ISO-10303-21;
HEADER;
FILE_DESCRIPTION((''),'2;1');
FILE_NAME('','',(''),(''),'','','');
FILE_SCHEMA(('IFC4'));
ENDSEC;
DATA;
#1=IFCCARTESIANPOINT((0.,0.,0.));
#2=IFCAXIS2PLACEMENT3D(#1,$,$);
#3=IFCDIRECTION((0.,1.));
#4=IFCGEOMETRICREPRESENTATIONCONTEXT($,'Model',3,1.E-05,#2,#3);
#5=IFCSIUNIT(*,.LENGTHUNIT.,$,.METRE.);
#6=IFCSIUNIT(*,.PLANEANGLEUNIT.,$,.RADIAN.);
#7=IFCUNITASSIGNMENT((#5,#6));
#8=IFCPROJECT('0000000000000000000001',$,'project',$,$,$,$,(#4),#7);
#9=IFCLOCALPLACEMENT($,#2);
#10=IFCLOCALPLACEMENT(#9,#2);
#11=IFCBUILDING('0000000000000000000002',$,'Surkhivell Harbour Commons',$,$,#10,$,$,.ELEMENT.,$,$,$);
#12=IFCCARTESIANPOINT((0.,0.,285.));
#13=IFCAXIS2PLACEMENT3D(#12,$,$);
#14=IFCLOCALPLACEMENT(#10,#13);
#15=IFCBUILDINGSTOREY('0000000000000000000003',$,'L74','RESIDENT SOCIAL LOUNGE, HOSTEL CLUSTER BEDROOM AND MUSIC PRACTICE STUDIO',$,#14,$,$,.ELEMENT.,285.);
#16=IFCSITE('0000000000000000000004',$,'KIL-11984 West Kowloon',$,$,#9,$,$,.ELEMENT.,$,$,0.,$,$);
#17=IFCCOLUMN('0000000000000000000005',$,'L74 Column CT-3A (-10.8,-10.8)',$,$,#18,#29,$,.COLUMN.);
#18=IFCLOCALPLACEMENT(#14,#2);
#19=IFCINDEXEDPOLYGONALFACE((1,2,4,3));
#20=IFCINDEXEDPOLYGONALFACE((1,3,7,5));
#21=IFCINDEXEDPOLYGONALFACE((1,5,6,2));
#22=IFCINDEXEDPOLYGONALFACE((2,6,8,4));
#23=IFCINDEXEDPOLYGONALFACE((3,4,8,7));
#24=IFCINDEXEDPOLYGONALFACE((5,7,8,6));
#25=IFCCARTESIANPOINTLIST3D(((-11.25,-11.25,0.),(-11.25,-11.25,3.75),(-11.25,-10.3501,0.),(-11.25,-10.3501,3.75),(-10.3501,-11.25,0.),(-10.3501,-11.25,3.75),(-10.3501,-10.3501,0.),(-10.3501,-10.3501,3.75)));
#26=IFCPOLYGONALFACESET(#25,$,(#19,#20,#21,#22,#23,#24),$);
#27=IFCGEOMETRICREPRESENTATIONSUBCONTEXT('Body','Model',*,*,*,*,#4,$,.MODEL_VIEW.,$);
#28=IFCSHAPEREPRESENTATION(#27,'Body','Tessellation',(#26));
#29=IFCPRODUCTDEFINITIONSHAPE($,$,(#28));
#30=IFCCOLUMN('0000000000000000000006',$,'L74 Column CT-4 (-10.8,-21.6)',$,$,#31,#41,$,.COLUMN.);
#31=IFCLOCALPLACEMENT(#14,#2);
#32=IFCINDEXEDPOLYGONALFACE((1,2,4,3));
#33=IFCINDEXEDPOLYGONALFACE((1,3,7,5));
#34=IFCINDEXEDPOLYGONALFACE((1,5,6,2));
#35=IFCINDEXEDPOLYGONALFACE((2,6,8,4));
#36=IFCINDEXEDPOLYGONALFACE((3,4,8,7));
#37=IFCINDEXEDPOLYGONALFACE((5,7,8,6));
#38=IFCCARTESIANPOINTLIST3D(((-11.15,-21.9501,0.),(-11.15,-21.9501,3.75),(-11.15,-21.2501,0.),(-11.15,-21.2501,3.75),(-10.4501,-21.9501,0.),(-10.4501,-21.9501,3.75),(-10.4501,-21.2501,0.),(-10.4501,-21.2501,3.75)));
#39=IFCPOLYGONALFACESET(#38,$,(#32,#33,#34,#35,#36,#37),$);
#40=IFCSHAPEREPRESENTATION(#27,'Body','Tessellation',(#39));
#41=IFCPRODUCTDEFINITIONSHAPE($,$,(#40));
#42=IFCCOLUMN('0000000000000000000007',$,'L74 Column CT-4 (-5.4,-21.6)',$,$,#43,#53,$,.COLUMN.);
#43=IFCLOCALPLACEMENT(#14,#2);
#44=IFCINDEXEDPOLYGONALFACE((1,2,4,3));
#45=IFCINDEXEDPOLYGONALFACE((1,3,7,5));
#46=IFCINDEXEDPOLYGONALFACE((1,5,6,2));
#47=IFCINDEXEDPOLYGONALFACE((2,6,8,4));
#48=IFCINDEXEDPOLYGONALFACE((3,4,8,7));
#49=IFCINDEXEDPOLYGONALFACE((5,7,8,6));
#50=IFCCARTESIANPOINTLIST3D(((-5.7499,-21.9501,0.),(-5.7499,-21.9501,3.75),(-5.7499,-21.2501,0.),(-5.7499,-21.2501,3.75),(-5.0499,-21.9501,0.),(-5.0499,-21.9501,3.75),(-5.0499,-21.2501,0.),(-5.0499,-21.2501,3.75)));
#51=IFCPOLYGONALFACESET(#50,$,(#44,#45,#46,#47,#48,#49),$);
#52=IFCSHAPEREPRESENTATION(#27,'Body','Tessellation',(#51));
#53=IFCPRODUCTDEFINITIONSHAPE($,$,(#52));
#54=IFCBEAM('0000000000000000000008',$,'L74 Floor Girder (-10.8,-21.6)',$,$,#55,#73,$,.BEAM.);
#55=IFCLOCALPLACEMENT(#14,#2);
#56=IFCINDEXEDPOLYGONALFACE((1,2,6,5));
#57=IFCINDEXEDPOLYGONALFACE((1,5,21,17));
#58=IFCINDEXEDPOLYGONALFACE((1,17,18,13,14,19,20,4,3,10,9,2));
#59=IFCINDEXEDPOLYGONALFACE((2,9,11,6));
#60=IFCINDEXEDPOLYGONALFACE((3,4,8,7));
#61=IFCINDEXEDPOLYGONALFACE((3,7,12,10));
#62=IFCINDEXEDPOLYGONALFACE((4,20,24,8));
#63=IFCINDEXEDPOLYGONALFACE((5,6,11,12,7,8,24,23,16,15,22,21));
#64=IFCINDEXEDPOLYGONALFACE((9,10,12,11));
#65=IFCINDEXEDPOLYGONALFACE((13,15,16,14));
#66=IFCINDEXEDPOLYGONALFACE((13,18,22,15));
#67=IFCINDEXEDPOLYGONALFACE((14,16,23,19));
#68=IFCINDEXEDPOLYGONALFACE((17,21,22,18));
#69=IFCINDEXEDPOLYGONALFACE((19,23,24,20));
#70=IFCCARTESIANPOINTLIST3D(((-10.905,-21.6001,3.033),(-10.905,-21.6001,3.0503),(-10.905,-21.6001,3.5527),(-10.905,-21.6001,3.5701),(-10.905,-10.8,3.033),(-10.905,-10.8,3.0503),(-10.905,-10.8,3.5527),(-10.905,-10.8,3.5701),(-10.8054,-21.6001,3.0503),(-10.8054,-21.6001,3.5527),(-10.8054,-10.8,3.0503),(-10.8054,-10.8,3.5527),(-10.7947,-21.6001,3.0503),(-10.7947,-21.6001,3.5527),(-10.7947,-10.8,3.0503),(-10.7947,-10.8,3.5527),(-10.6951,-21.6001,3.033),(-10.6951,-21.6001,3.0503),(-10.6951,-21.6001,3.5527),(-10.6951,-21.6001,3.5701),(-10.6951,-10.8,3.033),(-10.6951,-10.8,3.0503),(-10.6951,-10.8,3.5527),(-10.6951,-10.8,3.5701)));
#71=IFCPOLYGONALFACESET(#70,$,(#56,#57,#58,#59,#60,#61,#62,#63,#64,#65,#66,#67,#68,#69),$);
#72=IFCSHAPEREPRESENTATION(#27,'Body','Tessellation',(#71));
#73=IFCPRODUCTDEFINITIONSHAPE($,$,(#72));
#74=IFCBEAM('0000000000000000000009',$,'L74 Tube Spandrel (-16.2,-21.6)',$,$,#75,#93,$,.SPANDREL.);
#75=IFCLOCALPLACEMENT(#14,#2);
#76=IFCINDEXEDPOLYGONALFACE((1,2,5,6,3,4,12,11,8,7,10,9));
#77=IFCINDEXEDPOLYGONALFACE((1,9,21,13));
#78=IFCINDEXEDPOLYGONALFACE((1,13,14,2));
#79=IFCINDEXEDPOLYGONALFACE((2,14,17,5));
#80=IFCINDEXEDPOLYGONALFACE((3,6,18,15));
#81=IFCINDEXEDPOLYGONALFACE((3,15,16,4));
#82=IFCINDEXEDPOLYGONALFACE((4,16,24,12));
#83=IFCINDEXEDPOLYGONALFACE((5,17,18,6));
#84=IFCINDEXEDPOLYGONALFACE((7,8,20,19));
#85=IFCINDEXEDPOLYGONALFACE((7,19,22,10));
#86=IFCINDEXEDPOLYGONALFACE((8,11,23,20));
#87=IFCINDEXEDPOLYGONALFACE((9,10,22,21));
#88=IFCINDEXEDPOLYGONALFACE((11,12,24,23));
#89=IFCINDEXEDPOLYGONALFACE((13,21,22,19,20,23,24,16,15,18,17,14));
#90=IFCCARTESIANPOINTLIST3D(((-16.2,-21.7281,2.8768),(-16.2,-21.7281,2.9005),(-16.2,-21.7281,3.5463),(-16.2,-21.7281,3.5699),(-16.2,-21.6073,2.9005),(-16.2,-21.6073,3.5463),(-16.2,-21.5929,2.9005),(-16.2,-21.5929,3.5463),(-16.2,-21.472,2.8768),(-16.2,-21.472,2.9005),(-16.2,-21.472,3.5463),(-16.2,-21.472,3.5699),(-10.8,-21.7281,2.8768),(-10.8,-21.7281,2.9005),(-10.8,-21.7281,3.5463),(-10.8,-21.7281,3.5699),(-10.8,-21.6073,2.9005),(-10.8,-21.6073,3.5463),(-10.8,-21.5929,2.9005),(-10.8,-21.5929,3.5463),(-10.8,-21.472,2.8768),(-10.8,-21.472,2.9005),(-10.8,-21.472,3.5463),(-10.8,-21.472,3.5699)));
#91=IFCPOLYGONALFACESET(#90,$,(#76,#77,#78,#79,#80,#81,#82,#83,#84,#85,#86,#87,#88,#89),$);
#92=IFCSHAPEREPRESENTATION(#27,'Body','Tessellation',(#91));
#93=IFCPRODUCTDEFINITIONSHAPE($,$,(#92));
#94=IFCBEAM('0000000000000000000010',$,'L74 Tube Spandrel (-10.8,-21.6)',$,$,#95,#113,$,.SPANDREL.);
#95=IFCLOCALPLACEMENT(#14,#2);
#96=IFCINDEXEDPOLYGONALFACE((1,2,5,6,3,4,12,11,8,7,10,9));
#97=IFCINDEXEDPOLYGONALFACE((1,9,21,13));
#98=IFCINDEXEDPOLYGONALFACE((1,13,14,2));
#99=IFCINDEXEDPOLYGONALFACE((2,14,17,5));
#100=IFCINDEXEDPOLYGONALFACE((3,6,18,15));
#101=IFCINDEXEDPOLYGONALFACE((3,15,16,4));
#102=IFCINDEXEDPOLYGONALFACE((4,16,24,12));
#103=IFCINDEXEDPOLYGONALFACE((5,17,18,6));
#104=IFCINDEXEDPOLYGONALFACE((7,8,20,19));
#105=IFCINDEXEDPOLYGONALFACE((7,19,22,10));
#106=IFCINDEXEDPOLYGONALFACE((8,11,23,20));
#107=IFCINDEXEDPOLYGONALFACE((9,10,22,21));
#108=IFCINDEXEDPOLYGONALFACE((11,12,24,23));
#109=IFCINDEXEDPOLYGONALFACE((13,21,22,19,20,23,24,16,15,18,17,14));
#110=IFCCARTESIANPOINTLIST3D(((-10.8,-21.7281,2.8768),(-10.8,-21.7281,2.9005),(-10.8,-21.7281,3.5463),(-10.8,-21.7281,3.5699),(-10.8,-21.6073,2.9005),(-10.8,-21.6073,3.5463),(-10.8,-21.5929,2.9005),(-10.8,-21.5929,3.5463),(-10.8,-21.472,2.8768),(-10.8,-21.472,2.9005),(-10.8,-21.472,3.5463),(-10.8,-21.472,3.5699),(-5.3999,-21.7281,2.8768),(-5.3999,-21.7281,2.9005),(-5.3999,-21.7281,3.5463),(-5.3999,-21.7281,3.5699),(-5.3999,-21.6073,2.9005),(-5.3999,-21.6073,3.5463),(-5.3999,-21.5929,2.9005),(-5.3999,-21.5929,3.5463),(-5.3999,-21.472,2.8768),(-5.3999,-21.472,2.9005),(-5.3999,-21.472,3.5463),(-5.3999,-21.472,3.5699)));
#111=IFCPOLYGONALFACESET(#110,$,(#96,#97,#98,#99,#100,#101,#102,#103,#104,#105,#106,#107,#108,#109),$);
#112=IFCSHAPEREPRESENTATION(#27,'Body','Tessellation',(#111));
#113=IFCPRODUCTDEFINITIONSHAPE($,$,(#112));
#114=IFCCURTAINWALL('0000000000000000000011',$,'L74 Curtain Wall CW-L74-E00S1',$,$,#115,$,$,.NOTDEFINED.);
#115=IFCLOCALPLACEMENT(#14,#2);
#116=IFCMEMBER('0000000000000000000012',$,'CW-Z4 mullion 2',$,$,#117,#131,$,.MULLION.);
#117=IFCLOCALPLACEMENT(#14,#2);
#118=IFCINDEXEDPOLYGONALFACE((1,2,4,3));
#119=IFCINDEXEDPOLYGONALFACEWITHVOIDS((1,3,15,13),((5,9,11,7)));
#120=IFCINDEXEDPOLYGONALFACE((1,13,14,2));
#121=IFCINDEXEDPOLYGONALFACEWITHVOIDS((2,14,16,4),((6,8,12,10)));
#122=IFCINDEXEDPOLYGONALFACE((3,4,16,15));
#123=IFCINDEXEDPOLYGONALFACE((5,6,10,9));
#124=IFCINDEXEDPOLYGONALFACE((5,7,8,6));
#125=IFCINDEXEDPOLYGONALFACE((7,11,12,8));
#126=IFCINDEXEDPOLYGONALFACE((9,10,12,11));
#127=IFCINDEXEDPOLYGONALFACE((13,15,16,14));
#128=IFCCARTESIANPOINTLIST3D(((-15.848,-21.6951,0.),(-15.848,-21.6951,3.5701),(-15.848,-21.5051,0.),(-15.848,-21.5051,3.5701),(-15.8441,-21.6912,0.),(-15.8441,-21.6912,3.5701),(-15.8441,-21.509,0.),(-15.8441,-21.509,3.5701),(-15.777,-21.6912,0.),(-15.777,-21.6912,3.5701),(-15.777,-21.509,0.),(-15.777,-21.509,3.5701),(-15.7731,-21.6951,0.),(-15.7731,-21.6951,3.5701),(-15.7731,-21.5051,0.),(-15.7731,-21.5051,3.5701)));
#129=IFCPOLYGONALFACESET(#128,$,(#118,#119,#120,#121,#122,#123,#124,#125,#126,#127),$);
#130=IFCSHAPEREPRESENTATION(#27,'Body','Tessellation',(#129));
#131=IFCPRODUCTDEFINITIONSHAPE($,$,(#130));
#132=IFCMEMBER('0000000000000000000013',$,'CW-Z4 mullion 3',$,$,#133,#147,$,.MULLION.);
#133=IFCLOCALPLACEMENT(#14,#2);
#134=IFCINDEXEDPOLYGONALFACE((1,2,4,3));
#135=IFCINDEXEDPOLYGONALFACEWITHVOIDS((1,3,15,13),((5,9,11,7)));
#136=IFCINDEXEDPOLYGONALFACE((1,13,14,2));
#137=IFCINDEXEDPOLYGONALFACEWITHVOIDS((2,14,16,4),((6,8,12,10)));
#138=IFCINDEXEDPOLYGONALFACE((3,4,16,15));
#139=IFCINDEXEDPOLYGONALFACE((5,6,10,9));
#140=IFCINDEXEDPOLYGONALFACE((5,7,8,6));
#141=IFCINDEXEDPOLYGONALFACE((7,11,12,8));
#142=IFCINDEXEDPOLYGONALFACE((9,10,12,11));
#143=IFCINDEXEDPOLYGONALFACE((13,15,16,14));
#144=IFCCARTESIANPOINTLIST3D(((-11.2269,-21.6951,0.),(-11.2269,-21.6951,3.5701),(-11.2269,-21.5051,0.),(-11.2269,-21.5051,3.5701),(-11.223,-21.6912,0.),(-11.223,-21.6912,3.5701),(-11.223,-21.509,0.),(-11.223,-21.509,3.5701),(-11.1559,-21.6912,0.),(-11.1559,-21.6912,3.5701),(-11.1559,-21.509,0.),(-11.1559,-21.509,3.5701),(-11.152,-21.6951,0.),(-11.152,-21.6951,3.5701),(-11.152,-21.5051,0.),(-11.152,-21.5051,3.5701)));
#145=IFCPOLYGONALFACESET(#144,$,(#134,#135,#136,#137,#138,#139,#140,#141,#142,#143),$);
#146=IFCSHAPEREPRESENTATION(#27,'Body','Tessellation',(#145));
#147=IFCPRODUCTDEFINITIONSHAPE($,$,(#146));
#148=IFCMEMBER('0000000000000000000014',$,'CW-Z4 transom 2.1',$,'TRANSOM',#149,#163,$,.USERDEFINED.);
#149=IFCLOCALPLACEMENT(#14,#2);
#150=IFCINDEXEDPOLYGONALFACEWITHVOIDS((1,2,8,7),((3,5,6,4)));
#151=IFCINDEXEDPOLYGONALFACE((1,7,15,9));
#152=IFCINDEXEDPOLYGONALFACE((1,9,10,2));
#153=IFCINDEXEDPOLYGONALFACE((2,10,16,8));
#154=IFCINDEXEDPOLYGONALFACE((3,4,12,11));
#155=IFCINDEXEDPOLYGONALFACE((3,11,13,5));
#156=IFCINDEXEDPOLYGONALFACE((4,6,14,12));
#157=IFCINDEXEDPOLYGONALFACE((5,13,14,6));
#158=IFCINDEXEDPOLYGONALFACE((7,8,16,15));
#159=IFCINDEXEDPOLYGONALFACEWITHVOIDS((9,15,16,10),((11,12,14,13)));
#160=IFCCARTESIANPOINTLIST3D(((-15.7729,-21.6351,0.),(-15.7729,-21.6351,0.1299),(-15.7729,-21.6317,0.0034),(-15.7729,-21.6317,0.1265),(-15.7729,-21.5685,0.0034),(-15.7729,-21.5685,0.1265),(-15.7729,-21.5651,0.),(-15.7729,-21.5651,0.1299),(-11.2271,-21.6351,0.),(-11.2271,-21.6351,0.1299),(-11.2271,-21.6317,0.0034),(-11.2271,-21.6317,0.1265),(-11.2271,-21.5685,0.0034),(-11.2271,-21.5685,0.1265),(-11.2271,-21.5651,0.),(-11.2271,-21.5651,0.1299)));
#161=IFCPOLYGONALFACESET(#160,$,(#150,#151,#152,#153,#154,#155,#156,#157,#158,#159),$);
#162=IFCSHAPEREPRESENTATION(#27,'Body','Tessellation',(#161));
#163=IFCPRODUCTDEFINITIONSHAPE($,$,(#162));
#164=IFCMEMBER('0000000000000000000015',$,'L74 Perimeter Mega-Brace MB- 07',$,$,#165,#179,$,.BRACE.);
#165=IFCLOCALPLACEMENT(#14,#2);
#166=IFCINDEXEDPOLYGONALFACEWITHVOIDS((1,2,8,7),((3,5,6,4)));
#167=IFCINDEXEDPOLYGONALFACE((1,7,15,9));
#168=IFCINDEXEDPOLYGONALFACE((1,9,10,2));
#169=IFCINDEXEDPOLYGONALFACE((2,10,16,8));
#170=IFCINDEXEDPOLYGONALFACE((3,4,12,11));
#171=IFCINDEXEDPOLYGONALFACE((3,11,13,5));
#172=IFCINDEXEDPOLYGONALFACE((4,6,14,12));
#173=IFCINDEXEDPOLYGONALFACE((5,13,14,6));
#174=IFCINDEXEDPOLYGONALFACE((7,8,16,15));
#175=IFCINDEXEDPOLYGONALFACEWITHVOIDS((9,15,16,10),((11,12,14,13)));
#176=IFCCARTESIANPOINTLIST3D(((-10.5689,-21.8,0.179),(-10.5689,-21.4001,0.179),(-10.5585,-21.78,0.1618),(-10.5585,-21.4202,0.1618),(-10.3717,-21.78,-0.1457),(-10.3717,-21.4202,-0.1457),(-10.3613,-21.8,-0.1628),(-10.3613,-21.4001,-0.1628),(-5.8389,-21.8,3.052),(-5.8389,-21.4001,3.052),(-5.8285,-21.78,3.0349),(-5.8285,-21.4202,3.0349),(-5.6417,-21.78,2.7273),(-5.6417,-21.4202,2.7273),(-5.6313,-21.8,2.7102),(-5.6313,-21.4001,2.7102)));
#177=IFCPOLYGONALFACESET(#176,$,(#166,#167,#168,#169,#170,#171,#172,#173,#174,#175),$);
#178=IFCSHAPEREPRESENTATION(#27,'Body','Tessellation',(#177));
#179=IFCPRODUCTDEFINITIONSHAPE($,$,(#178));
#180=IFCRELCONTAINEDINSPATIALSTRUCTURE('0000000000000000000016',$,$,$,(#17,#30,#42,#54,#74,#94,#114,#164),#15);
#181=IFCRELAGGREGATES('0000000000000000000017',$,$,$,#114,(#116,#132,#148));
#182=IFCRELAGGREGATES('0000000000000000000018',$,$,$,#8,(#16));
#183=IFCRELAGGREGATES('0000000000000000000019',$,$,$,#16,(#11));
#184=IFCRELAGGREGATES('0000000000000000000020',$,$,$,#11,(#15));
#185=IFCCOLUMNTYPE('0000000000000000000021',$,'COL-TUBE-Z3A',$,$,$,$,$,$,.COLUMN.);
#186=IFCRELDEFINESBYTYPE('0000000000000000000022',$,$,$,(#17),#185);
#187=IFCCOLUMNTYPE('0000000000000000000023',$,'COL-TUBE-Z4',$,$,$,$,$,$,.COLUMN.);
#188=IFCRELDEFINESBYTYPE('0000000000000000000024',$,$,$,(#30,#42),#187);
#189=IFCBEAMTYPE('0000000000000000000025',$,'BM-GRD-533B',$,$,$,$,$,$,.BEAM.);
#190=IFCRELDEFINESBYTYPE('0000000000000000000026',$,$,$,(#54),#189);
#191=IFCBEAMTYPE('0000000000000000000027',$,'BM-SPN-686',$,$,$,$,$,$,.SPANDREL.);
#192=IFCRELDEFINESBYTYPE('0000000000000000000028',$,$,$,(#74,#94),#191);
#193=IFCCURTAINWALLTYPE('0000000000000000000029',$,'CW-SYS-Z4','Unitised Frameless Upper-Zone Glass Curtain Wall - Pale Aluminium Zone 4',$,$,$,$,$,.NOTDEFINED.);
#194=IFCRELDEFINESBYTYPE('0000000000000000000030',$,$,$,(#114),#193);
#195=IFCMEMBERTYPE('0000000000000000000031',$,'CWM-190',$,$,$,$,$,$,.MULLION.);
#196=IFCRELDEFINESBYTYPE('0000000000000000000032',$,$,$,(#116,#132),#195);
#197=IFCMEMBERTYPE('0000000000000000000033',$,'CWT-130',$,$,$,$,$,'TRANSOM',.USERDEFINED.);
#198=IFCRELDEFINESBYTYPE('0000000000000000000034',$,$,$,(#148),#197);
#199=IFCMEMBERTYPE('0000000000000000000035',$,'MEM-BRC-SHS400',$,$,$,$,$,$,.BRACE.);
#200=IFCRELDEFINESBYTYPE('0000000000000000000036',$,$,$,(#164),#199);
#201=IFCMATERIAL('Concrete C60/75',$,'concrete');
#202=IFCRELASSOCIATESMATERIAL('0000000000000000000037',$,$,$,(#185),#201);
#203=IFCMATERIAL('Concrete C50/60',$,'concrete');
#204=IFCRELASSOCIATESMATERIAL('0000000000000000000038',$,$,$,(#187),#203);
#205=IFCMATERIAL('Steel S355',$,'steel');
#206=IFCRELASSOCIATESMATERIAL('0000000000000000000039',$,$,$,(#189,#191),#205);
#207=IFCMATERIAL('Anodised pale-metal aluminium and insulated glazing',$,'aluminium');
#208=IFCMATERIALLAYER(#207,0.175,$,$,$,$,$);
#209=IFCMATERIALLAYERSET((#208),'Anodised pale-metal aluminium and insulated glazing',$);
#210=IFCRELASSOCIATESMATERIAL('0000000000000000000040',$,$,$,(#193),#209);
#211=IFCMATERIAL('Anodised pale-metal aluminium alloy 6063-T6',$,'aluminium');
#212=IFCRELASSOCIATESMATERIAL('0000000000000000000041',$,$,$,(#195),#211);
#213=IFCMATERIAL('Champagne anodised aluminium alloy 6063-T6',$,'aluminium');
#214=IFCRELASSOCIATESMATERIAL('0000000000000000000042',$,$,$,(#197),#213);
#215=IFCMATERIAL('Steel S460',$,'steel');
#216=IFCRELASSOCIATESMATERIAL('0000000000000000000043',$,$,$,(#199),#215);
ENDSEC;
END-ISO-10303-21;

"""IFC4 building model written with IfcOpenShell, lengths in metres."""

from ifc_helpers import new_model, si_unit, direction, frame, origin, origin_2d, place, context, subcontext, project, spatial, rectangle, hollow_rectangle, i_section, extrude, material, layer, layer_set, material_profile, profile_set, type_object, element, aggregate, save


model = new_model("IFC4")

# Units and contexts
model_context = context("Model", 3, precision=1e-05, world=origin(), true_north=direction((0.0, 1.0)))
body_context = subcontext(model_context, "Body", "Model", "MODEL_VIEW")
ifc_project = project(units=[si_unit("LENGTHUNIT", "METRE"), si_unit("PLANEANGLEUNIT", "RADIAN")], contexts=[model_context])

# Site, building, storey
site_placement = place(None, origin())
site = spatial("IfcSite", under=ifc_project, at=site_placement, Name="KIL-11984 West Kowloon", CompositionType="ELEMENT", RefElevation=0.0)
building_placement = place(site_placement, origin())
building = spatial("IfcBuilding", under=site, at=building_placement, Name="Surkhivell Harbour Commons", CompositionType="ELEMENT")
storey_placement = place(building_placement, frame((0.0, 0.0, 285.0)))
storey = spatial("IfcBuildingStorey", under=building, at=storey_placement, Name="L74", Description="RESIDENT SOCIAL LOUNGE, HOSTEL CLUSTER BEDROOM AND MUSIC PRACTICE STUDIO", CompositionType="ELEMENT", Elevation=285.0)

# Columns
ifc_material_1 = material(Name="Concrete C60/75", Category="concrete")
ifc_material_profile_1 = material_profile(ifc_material_1, rectangle(XDim=0.8999, YDim=0.8999, at=origin_2d()), Name="RC-COL-900x900")
ifc_profile_set_1 = profile_set([ifc_material_profile_1], Name="Concrete C60/75")
column_type_1 = type_object("IfcColumnType", Name="COL-TUBE-Z3A", PredefinedType="COLUMN", material=ifc_profile_set_1)
column_placement = place(storey_placement, frame((-10.8, -10.8, 0.0), z_axis=(0.0, 0.0, 1.0), x_axis=(1.0, 0.0, 0.0)))
element("IfcColumn", 1, at=column_placement, inside=storey, type_object=column_type_1, Name="L74 Column CT-3A (-10.8,-10.8)", PredefinedType="COLUMN", context=body_context, shape_type="SweptSolid", body=[
    extrude(rectangle(XDim=0.8999, YDim=0.8999, at=origin_2d()), origin(), (0.0, 0.0, 1.0), 3.75),
])
ifc_material_2 = material(Name="Concrete C50/60", Category="concrete")
ifc_material_profile_2 = material_profile(ifc_material_2, rectangle(XDim=0.7, YDim=0.7, at=origin_2d()), Name="RC-COL-700x700")
ifc_profile_set_2 = profile_set([ifc_material_profile_2], Name="Concrete C50/60")
column_type_2 = type_object("IfcColumnType", Name="COL-TUBE-Z4", PredefinedType="COLUMN", material=ifc_profile_set_2)
for number, where, z_axis, x_axis, name in (
    (2, (-10.8, -21.6001, 0.0), (0.0, 0.0, 1.0), (1.0, 0.0, 0.0), "L74 Column CT-4 (-10.8,-21.6)"),
    (3, (-5.3999, -21.6001, 0.0), (0.0, 0.0, 1.0), (1.0, 0.0, 0.0), "L74 Column CT-4 (-5.4,-21.6)"),
):
    element("IfcColumn", number, at=place(storey_placement, frame(where, z_axis=z_axis, x_axis=x_axis)), inside=storey, type_object=column_type_2, Name=name, PredefinedType="COLUMN", context=body_context, shape_type="SweptSolid", body=[
        extrude(rectangle(XDim=0.7, YDim=0.7, at=origin_2d()), origin(), (0.0, 0.0, 1.0), 3.75),
    ])

# Beams
ifc_material_3 = material(Name="Steel S355", Category="steel")
ifc_material_profile_3 = material_profile(ifc_material_3, i_section(OverallWidth=0.21, OverallDepth=0.5371, WebThickness=0.0107, FlangeThickness=0.0173, at=origin_2d()), Name="UB533x210x101")
ifc_profile_set_3 = profile_set([ifc_material_profile_3], Name="Steel S355")
beam_type_1 = type_object("IfcBeamType", Name="BM-GRD-533B", PredefinedType="BEAM", material=ifc_profile_set_3)
beam_1_placement = place(storey_placement, frame((-10.8, -21.6001, 3.3015), z_axis=(0.0, 1.0, 0.0), x_axis=(-1.0, 0.0, 0.0)))
element("IfcBeam", 4, at=beam_1_placement, inside=storey, type_object=beam_type_1, Name="L74 Floor Girder (-10.8,-21.6)", PredefinedType="BEAM", context=body_context, shape_type="SweptSolid", body=[
    extrude(i_section(OverallWidth=0.21, OverallDepth=0.5371, WebThickness=0.0107, FlangeThickness=0.0173, at=origin_2d()), origin(), (0.0, 0.0, 1.0), 10.8),
])
ifc_material_profile_4 = material_profile(ifc_material_3, i_section(OverallWidth=0.2561, OverallDepth=0.6931, WebThickness=0.0144, FlangeThickness=0.0237, at=origin_2d()), Name="UB686x254x170")
ifc_profile_set_4 = profile_set([ifc_material_profile_4], Name="Steel S355")
beam_type_2 = type_object("IfcBeamType", Name="BM-SPN-686", PredefinedType="SPANDREL", material=ifc_profile_set_4)
beam_2_placement = place(storey_placement, frame((-16.2, -21.6001, 3.2234), z_axis=(1.0, 0.0, 0.0), x_axis=(0.0, 1.0, 0.0)))
element("IfcBeam", 5, at=beam_2_placement, inside=storey, type_object=beam_type_2, Name="L74 Tube Spandrel (-16.2,-21.6)", PredefinedType="SPANDREL", context=body_context, shape_type="SweptSolid", body=[
    extrude(i_section(OverallWidth=0.2561, OverallDepth=0.6931, WebThickness=0.0144, FlangeThickness=0.0237, at=origin_2d()), origin(), (0.0, 0.0, 1.0), 5.3999),
])
beam_3_placement = place(storey_placement, frame((-10.8, -21.6001, 3.2234), z_axis=(1.0, 0.0, 0.0), x_axis=(0.0, 1.0, 0.0)))
element("IfcBeam", 6, at=beam_3_placement, inside=storey, type_object=beam_type_2, Name="L74 Tube Spandrel (-10.8,-21.6)", PredefinedType="SPANDREL", context=body_context, shape_type="SweptSolid", body=[
    extrude(i_section(OverallWidth=0.2561, OverallDepth=0.6931, WebThickness=0.0144, FlangeThickness=0.0237, at=origin_2d()), origin(), (0.0, 0.0, 1.0), 5.4001),
])

# Curtain wall, members
ifc_material_4 = material(Name="Anodised pale-metal aluminium and insulated glazing", Category="aluminium")
ifc_layer_1 = layer(ifc_material_4, 0.175)
ifc_layer_set_1 = layer_set([ifc_layer_1], Name="Anodised pale-metal aluminium and insulated glazing")
curtain_wall_type = type_object("IfcCurtainWallType", Name="CW-SYS-Z4", Description="Unitised Frameless Upper-Zone Glass Curtain Wall - Pale Aluminium Zone 4", PredefinedType="NOTDEFINED", material=ifc_layer_set_1)
curtain_wall_placement = place(storey_placement, origin())
curtain_wall = element("IfcCurtainWall", 7, at=curtain_wall_placement, inside=storey, type_object=curtain_wall_type, Name="L74 Curtain Wall CW-L74-E00S1", PredefinedType="NOTDEFINED")
ifc_material_5 = material(Name="Anodised pale-metal aluminium alloy 6063-T6", Category="aluminium")
ifc_material_profile_5 = material_profile(ifc_material_5, hollow_rectangle(XDim=0.075, YDim=0.1899, WallThickness=0.0039, at=origin_2d()), Name="ALU-MULL-75x190")
ifc_profile_set_5 = profile_set([ifc_material_profile_5], Name="Anodised pale-metal aluminium alloy 6063-T6")
member_type_1 = type_object("IfcMemberType", Name="CWM-190", PredefinedType="MULLION", material=ifc_profile_set_5)
member_1_placement = place(storey_placement, frame((-15.8105, -21.6001, 0.0), z_axis=(0.0, 0.0, 1.0), x_axis=(1.0, 0.0, 0.0)))
member_1 = element("IfcMember", 8, at=member_1_placement, type_object=member_type_1, Name="CW-Z4 mullion 2", PredefinedType="MULLION", context=body_context, shape_type="SweptSolid", body=[
    extrude(hollow_rectangle(XDim=0.075, YDim=0.1899, WallThickness=0.0039, at=origin_2d()), origin(), (0.0, 0.0, 1.0), 3.5701),
])
member_2_placement = place(storey_placement, frame((-11.1895, -21.6001, 0.0), z_axis=(0.0, 0.0, 1.0), x_axis=(1.0, 0.0, 0.0)))
member_2 = element("IfcMember", 9, at=member_2_placement, type_object=member_type_1, Name="CW-Z4 mullion 3", PredefinedType="MULLION", context=body_context, shape_type="SweptSolid", body=[
    extrude(hollow_rectangle(XDim=0.075, YDim=0.1899, WallThickness=0.0039, at=origin_2d()), origin(), (0.0, 0.0, 1.0), 3.5701),
])
ifc_material_6 = material(Name="Champagne anodised aluminium alloy 6063-T6", Category="aluminium")
ifc_material_profile_6 = material_profile(ifc_material_6, hollow_rectangle(XDim=0.0701, YDim=0.1299, WallThickness=0.0034, at=origin_2d()), Name="ALU-TRAN-70x130")
ifc_profile_set_6 = profile_set([ifc_material_profile_6], Name="Champagne anodised aluminium alloy 6063-T6")
member_type_2 = type_object("IfcMemberType", Name="CWT-130", ElementType="TRANSOM", PredefinedType="USERDEFINED", material=ifc_profile_set_6)
member_3_placement = place(storey_placement, frame((-15.7729, -21.6001, 0.0649), z_axis=(1.0, 0.0, 0.0), x_axis=(0.0, 1.0, 0.0)))
member_3 = element("IfcMember", 10, at=member_3_placement, type_object=member_type_2, Name="CW-Z4 transom 2.1", ObjectType="TRANSOM", PredefinedType="USERDEFINED", context=body_context, shape_type="SweptSolid", body=[
    extrude(hollow_rectangle(XDim=0.0701, YDim=0.1299, WallThickness=0.0034, at=origin_2d()), origin(), (0.0, 0.0, 1.0), 4.5459),
])

# Member
ifc_material_7 = material(Name="Steel S460", Category="steel")
ifc_material_profile_7 = material_profile(ifc_material_7, hollow_rectangle(XDim=0.3999, YDim=0.3999, WallThickness=0.02, at=origin_2d()), Name="SHS400x400x20")
ifc_profile_set_7 = profile_set([ifc_material_profile_7], Name="Steel S460")
member_type_3 = type_object("IfcMemberType", Name="MEM-BRC-SHS400", PredefinedType="BRACE", material=ifc_profile_set_7)
member_4_placement = place(storey_placement, frame((-10.4651, -21.6001, 0.0081), z_axis=(0.854685, 0.0, 0.519146), x_axis=(0.0, 1.0, 0.0)))
element("IfcMember", 11, at=member_4_placement, inside=storey, type_object=member_type_3, Name="L74 Perimeter Mega-Brace MB- 07", PredefinedType="BRACE", context=body_context, shape_type="SweptSolid", body=[
    extrude(hollow_rectangle(XDim=0.3999, YDim=0.3999, WallThickness=0.02, at=origin_2d()), origin(), (0.0, 0.0, 1.0), 5.5342),
])

aggregate(curtain_wall, [member_1, member_2, member_3])

save(model, "model.ifc")
